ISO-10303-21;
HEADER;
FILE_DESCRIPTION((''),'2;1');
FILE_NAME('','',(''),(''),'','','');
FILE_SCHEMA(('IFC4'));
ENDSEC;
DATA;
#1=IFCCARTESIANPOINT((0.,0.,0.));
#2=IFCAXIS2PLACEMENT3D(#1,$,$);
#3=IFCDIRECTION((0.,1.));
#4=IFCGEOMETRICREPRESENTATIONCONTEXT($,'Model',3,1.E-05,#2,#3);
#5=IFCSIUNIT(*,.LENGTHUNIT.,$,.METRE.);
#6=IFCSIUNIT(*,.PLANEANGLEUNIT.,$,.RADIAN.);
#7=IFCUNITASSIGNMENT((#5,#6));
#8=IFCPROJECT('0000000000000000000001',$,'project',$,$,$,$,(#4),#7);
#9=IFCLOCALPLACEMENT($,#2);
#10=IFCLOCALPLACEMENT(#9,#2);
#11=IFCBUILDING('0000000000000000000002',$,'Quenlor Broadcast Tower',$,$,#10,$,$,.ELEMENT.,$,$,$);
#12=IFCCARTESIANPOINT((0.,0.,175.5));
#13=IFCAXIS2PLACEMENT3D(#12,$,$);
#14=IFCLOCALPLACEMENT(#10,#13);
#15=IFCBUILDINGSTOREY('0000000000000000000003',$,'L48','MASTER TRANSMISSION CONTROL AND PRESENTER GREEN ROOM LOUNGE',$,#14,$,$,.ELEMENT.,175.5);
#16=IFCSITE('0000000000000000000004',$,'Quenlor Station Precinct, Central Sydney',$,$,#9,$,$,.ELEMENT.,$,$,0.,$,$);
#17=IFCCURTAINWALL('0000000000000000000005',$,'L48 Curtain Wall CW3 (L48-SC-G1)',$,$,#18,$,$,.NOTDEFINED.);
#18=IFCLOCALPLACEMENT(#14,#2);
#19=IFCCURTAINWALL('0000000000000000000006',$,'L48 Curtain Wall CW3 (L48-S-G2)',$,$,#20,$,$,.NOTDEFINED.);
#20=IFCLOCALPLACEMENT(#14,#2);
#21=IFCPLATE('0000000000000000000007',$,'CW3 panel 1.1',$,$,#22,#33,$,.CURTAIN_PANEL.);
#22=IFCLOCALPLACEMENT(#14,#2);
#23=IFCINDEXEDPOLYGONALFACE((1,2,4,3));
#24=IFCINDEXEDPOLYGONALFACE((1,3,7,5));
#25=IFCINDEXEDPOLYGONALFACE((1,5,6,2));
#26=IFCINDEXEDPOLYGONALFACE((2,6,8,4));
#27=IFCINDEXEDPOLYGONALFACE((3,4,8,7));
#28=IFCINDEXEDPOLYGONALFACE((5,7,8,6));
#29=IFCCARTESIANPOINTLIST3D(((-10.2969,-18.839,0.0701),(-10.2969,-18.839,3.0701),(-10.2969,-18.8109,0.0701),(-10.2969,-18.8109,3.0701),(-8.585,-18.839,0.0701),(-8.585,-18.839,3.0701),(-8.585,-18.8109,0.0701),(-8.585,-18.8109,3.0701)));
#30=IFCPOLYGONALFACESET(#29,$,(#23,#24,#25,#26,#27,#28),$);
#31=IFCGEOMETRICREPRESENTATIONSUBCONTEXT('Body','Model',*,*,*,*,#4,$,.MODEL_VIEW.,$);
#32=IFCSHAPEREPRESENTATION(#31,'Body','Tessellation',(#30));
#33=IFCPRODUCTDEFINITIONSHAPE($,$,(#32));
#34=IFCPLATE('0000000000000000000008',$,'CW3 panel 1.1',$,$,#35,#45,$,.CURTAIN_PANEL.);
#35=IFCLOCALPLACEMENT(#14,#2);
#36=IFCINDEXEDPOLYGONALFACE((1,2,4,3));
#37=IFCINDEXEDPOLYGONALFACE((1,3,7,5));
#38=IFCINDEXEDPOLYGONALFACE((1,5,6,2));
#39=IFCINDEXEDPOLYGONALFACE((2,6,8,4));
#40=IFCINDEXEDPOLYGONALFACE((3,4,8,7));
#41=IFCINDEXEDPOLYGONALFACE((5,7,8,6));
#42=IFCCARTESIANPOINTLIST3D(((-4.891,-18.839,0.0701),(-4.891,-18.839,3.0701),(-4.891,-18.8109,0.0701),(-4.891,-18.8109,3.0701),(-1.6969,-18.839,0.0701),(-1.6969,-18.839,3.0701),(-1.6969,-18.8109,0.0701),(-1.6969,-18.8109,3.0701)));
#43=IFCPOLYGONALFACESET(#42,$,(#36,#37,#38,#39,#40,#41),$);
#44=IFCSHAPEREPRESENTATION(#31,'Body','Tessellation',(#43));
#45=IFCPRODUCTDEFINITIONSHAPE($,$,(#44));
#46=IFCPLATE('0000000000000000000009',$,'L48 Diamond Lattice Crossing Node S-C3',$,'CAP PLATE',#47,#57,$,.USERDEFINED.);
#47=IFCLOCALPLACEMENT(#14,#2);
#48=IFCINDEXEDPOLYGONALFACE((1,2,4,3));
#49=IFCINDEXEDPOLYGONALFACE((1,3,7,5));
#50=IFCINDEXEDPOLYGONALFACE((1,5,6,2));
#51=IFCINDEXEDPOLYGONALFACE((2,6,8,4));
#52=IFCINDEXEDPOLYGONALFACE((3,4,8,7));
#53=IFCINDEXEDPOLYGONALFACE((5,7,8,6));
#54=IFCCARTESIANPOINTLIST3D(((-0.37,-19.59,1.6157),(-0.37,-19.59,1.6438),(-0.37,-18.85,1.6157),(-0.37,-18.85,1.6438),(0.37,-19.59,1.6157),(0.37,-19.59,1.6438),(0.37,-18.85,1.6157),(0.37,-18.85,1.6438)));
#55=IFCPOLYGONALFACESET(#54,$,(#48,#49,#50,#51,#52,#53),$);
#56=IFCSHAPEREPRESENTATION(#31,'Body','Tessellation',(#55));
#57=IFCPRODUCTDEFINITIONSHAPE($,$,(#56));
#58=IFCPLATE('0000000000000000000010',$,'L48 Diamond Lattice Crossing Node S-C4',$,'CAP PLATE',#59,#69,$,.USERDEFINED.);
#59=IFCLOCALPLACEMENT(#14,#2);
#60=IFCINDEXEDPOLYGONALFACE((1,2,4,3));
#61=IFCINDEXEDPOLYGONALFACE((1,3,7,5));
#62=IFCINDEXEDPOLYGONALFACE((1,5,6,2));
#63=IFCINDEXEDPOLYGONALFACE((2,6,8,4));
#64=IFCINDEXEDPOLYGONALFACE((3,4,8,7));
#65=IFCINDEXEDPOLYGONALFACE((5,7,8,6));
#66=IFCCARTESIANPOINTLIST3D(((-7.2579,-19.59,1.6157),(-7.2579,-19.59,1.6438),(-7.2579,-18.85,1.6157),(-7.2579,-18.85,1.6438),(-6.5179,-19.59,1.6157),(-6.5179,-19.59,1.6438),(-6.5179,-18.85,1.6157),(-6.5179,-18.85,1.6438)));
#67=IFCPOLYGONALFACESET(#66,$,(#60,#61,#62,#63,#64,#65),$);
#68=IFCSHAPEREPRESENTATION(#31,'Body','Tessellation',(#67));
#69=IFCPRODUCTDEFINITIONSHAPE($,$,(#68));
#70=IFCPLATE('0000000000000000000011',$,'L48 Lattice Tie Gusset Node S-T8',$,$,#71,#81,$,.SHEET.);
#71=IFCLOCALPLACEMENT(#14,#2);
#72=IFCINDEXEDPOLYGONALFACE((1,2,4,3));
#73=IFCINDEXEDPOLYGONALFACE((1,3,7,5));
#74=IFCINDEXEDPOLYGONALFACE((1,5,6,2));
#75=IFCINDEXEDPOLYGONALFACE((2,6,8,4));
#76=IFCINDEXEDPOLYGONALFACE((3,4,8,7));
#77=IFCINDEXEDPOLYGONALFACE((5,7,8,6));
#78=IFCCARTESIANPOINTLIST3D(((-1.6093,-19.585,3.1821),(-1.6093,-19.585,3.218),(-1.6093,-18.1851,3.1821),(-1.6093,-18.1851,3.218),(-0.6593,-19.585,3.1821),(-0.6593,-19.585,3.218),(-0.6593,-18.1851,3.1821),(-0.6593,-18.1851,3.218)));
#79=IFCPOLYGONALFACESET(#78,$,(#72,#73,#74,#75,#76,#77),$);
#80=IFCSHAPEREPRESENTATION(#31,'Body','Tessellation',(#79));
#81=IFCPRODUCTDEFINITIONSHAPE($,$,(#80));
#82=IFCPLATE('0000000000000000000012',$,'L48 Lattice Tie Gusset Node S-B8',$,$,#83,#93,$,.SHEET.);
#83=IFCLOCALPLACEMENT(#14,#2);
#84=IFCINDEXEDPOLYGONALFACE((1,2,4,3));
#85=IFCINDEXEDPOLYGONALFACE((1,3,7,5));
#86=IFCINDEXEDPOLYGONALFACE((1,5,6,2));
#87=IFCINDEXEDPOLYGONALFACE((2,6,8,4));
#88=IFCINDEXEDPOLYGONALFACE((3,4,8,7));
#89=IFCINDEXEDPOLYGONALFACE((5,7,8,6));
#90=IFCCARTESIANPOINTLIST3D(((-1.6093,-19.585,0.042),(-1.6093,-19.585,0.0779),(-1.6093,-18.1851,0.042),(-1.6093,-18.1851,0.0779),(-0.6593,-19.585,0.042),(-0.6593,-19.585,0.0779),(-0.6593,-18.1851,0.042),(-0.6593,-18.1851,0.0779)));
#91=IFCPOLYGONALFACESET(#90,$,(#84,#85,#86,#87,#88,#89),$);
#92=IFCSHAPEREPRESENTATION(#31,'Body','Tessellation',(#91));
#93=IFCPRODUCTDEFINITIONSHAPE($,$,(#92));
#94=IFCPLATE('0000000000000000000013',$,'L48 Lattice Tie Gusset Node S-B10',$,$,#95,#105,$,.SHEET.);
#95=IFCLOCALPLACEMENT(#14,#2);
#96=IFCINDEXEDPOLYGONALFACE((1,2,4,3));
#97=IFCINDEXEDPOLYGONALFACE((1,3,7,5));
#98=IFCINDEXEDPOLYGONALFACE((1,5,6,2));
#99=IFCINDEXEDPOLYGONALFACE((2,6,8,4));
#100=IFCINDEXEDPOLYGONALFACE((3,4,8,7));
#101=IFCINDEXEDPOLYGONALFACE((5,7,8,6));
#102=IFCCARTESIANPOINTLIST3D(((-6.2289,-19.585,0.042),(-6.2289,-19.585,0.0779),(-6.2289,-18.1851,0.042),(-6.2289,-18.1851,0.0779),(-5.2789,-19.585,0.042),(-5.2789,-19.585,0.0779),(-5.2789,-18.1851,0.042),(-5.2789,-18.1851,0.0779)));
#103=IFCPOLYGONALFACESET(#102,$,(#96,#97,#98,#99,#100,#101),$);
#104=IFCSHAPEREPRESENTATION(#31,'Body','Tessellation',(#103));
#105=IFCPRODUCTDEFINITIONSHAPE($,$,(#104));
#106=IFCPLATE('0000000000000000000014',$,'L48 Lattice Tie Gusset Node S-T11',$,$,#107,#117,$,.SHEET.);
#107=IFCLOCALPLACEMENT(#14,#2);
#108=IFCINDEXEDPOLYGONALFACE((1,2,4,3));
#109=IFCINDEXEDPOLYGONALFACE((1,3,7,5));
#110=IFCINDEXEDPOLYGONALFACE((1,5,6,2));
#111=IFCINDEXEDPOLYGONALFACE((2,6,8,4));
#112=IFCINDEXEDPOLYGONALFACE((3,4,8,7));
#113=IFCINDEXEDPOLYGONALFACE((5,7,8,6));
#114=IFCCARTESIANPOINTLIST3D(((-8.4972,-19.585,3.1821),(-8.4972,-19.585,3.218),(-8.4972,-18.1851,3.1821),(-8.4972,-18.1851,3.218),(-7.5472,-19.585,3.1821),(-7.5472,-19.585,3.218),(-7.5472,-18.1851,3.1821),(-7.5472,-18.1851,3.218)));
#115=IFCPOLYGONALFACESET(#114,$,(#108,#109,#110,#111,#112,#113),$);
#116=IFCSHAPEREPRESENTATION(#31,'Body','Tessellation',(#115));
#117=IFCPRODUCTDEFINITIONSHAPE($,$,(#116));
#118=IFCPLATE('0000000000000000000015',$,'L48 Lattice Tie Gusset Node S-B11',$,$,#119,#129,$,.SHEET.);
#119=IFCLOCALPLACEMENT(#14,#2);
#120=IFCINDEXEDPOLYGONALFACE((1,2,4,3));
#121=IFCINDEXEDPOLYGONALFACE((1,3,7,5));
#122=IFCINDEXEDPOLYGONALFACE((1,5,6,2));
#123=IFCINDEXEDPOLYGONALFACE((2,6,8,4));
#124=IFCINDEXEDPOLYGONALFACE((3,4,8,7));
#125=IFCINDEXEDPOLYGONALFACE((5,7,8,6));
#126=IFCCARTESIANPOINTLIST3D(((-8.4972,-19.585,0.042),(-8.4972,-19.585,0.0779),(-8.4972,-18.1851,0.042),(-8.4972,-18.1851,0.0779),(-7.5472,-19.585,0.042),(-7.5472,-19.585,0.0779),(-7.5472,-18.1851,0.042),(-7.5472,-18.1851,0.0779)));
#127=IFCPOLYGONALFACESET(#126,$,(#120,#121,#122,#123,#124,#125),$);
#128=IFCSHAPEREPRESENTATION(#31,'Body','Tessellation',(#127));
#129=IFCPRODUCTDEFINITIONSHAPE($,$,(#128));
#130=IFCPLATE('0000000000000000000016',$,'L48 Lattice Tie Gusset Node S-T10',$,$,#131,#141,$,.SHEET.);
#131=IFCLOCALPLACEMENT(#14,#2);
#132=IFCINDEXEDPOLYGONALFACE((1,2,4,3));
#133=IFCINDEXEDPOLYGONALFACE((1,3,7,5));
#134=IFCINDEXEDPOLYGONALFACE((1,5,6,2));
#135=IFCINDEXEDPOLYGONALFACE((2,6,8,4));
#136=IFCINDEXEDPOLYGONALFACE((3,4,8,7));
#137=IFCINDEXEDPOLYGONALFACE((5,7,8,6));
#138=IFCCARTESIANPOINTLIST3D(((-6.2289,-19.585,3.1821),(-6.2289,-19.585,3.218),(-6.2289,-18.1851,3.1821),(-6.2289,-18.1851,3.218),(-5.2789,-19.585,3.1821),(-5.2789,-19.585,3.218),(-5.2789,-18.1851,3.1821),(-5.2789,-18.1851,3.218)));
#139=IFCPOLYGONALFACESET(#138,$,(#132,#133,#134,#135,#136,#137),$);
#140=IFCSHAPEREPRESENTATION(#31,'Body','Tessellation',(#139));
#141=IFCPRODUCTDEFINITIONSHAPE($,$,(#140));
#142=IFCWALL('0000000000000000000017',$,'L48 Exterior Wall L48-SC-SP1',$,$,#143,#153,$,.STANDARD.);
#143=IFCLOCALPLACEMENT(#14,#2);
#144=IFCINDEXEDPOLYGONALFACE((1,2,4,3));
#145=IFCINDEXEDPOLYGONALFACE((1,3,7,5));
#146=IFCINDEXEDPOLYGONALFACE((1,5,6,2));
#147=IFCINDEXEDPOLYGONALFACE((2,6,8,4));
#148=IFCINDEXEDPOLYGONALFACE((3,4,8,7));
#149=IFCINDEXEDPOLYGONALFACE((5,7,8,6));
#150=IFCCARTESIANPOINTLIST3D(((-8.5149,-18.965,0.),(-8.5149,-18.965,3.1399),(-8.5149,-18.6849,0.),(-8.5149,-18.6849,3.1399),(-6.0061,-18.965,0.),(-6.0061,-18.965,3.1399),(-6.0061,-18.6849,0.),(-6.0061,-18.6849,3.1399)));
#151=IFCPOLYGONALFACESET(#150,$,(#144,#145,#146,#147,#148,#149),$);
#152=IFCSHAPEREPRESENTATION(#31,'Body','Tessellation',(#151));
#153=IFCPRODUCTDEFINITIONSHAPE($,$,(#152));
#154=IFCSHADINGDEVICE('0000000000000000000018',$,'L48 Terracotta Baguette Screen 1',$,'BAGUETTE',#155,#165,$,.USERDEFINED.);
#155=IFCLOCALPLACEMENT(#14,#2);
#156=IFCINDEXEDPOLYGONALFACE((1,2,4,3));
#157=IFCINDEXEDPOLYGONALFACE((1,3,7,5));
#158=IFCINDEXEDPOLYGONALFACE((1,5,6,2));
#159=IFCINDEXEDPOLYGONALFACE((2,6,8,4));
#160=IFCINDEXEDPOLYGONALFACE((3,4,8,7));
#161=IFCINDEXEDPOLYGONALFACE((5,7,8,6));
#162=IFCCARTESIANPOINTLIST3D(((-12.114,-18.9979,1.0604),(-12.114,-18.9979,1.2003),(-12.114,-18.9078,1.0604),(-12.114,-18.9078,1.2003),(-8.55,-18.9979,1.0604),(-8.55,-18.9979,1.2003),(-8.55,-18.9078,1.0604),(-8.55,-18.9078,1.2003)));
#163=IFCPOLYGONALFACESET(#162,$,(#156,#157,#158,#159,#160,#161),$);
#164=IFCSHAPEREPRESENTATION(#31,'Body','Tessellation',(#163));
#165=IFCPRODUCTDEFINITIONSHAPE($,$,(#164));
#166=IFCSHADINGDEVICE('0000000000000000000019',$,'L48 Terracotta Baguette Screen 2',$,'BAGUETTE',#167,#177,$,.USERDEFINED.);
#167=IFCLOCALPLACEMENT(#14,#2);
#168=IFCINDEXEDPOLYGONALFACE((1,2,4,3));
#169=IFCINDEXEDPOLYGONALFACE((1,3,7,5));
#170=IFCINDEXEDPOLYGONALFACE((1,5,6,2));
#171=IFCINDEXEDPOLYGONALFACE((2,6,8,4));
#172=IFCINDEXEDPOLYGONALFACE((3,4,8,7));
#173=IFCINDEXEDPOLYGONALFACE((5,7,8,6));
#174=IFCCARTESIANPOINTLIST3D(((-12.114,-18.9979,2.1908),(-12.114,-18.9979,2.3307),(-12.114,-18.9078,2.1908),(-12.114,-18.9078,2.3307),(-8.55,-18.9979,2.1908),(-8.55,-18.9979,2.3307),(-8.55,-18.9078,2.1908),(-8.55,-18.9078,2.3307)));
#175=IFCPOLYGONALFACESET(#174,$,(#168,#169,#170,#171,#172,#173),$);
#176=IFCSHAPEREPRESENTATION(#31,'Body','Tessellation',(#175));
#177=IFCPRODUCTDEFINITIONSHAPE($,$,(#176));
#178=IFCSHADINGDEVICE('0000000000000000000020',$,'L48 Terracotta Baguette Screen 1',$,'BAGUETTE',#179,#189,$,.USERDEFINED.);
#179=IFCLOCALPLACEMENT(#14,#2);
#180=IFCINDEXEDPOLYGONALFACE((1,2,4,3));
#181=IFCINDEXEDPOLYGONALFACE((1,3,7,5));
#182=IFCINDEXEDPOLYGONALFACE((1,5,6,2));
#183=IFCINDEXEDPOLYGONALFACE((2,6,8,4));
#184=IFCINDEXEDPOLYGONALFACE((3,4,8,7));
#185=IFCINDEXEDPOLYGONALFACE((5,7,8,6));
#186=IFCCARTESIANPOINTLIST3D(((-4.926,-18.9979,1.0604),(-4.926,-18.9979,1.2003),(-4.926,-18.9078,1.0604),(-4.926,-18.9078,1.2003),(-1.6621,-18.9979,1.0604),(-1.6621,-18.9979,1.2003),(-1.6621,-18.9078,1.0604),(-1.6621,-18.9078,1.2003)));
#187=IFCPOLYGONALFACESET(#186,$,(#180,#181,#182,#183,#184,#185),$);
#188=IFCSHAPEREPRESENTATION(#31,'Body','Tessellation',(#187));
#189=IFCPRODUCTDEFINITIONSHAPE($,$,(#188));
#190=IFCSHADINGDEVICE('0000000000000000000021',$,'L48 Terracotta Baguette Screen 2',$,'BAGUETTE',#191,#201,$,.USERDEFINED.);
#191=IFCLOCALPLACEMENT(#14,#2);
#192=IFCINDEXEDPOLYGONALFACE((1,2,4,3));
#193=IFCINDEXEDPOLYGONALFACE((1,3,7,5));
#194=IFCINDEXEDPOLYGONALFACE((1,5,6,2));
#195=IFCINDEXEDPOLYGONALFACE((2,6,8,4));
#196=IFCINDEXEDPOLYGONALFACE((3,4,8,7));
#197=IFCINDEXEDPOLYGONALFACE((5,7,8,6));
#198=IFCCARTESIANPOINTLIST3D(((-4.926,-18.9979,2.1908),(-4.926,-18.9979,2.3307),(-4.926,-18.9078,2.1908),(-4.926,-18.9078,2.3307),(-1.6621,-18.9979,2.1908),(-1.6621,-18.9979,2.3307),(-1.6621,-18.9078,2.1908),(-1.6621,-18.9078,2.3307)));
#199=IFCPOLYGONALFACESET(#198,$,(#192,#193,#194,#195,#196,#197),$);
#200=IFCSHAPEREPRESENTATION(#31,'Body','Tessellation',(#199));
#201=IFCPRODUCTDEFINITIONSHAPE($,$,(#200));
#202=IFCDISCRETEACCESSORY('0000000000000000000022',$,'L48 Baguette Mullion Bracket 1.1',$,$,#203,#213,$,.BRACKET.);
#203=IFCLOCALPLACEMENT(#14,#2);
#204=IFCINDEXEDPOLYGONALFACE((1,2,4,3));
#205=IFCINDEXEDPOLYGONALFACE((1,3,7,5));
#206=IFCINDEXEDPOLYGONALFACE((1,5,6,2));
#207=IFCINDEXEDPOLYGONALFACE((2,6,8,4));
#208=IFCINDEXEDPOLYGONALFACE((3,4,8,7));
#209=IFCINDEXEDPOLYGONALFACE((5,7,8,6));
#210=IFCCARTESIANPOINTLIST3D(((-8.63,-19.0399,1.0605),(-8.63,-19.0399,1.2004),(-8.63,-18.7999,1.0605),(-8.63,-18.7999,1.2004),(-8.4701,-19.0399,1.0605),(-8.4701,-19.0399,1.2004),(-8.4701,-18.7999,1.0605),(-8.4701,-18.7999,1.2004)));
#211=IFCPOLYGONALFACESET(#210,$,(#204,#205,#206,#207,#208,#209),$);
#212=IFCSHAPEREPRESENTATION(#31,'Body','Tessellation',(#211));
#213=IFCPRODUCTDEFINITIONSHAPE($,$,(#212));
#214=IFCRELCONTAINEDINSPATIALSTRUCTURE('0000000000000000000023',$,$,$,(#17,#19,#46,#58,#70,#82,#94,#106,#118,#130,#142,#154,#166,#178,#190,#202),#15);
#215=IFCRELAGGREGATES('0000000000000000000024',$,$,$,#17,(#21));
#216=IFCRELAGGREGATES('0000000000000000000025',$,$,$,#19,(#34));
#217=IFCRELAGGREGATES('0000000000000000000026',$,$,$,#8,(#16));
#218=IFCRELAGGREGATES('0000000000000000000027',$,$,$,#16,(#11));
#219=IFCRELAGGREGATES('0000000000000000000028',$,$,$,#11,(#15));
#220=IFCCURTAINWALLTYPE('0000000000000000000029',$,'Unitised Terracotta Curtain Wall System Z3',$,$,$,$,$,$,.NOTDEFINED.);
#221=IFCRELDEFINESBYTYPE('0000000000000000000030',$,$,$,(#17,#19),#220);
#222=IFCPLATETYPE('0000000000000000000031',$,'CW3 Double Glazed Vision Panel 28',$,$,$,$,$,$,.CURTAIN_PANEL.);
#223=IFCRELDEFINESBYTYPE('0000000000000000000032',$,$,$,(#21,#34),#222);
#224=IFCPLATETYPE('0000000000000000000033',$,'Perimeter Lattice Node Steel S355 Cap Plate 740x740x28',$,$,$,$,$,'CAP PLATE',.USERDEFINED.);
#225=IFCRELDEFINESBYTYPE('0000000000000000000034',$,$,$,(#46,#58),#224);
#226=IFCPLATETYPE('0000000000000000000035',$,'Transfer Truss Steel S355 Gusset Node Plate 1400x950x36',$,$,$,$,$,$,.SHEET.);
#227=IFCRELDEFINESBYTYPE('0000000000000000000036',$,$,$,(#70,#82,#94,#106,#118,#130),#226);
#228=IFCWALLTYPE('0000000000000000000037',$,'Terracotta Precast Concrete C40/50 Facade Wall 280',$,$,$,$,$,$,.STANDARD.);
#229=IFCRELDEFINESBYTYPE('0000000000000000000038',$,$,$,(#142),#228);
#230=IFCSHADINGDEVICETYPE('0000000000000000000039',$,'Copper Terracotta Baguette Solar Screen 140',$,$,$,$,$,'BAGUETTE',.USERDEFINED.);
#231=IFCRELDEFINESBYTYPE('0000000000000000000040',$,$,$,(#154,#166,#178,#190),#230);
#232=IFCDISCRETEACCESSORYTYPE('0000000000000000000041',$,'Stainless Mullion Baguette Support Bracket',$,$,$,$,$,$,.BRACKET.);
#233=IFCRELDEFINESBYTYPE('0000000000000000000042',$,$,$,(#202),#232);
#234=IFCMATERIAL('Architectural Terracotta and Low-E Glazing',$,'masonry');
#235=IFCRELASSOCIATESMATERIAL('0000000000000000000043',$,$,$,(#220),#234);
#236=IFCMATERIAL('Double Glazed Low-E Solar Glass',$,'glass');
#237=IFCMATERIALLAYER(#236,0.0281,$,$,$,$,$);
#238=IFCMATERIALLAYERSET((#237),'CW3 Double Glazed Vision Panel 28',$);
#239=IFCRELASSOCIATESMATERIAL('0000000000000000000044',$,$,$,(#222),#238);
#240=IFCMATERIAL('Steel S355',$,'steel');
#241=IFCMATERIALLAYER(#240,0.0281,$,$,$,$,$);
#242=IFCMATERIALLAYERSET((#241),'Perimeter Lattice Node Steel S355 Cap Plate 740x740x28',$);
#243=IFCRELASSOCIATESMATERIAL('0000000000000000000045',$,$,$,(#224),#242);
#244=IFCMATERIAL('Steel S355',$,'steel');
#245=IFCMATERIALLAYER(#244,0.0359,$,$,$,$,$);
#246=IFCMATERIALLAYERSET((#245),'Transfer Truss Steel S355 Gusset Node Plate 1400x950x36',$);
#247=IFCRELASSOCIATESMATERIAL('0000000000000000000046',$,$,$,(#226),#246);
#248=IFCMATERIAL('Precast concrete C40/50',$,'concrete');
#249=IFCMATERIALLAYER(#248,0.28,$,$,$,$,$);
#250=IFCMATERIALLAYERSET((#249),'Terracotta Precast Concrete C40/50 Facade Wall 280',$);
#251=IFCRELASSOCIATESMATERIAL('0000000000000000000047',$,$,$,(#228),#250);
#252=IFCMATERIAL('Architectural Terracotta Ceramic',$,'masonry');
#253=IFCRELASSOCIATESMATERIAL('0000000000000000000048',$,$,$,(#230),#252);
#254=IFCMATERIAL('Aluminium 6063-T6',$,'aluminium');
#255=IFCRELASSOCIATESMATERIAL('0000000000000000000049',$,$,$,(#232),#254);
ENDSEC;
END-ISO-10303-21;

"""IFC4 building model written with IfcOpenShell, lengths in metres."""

from ifc_helpers import new_model, si_unit, direction, frame, frame_2d, origin, origin_2d, place, context, subcontext, project, spatial, rectangle, extrude, material, layer, layer_set, material_profile, profile_set, type_object, element, aggregate, save


model = new_model("IFC4")

# Units and contexts
model_context = context("Model", 3, precision=1e-05, world=origin(), true_north=direction((0.0, 1.0)))
body_context = subcontext(model_context, "Body", "Model", "MODEL_VIEW")
ifc_project = project(units=[si_unit("LENGTHUNIT", "METRE"), si_unit("PLANEANGLEUNIT", "RADIAN")], contexts=[model_context])

# Site, building, storey
site_placement = place(None, origin())
site = spatial("IfcSite", under=ifc_project, at=site_placement, Name="Quenlor Station Precinct, Central Sydney", CompositionType="ELEMENT", RefElevation=0.0)
building_placement = place(site_placement, origin())
building = spatial("IfcBuilding", under=site, at=building_placement, Name="Quenlor Broadcast Tower", CompositionType="ELEMENT")
storey_placement = place(building_placement, frame((0.0, 0.0, 175.5)))
storey = spatial("IfcBuildingStorey", under=building, at=storey_placement, Name="L48", Description="MASTER TRANSMISSION CONTROL AND PRESENTER GREEN ROOM LOUNGE", CompositionType="ELEMENT", Elevation=175.5)

# Curtain wall
ifc_material_1 = material(Name="Architectural Terracotta and Low-E Glazing", Category="masonry")
curtain_wall_type = type_object("IfcCurtainWallType", Name="Unitised Terracotta Curtain Wall System Z3", PredefinedType="NOTDEFINED", material=ifc_material_1)
curtain_wall_1_placement = place(storey_placement, origin())
curtain_wall_1 = element("IfcCurtainWall", 1, at=curtain_wall_1_placement, inside=storey, type_object=curtain_wall_type, Name="L48 Curtain Wall CW3 (L48-SC-G1)", PredefinedType="NOTDEFINED")

# Curtain wall
curtain_wall_2_placement = place(storey_placement, origin())
curtain_wall_2 = element("IfcCurtainWall", 2, at=curtain_wall_2_placement, inside=storey, type_object=curtain_wall_type, Name="L48 Curtain Wall CW3 (L48-S-G2)", PredefinedType="NOTDEFINED")

# Plates
ifc_material_2 = material(Name="Double Glazed Low-E Solar Glass", Category="glass")
ifc_layer_1 = layer(ifc_material_2, 0.0281)
ifc_layer_set_1 = layer_set([ifc_layer_1], Name="CW3 Double Glazed Vision Panel 28")
plate_type_1 = type_object("IfcPlateType", Name="CW3 Double Glazed Vision Panel 28", PredefinedType="CURTAIN_PANEL", material=ifc_layer_set_1)
plate_1_placement = place(storey_placement, frame((-9.4409, -18.825, 0.0701), z_axis=(0.0, 0.0, 1.0), x_axis=(-1.0, 0.0, 0.0)))
plate_1 = element("IfcPlate", 3, at=plate_1_placement, type_object=plate_type_1, Name="CW3 panel 1.1", PredefinedType="CURTAIN_PANEL", context=body_context, shape_type="SweptSolid", body=[
    extrude(rectangle(XDim=1.7119, YDim=0.0281, at=origin_2d()), origin(), (0.0, 0.0, 1.0), 3.0),
])
aggregate(curtain_wall_1, [plate_1])
plate_2_placement = place(storey_placement, frame((-3.2939, -18.825, 0.0701), z_axis=(0.0, 0.0, 1.0), x_axis=(-1.0, 0.0, 0.0)))
plate_2 = element("IfcPlate", 4, at=plate_2_placement, type_object=plate_type_1, Name="CW3 panel 1.1", PredefinedType="CURTAIN_PANEL", context=body_context, shape_type="SweptSolid", body=[
    extrude(rectangle(XDim=3.1941, YDim=0.0281, at=origin_2d()), origin(), (0.0, 0.0, 1.0), 3.0),
])
aggregate(curtain_wall_2, [plate_2])

# Plates
ifc_material_3 = material(Name="Steel S355", Category="steel")
ifc_layer_2 = layer(ifc_material_3, 0.0281)
ifc_layer_set_2 = layer_set([ifc_layer_2], Name="Perimeter Lattice Node Steel S355 Cap Plate 740x740x28")
plate_type_2 = type_object("IfcPlateType", Name="Perimeter Lattice Node Steel S355 Cap Plate 740x740x28", ElementType="CAP PLATE", PredefinedType="USERDEFINED", material=ifc_layer_set_2)
for number, where, z_axis, x_axis, name in (
    (5, (0.0, -19.22, 1.6157), (0.0, 0.0, 1.0), (-1.0, 0.0, 0.0), "L48 Diamond Lattice Crossing Node S-C3"),
    (6, (-6.8879, -19.22, 1.6157), (0.0, 0.0, 1.0), (-1.0, 0.0, 0.0), "L48 Diamond Lattice Crossing Node S-C4"),
):
    element("IfcPlate", number, at=place(storey_placement, frame(where, z_axis=z_axis, x_axis=x_axis)), inside=storey, type_object=plate_type_2, Name=name, ObjectType="CAP PLATE", PredefinedType="USERDEFINED", context=body_context, shape_type="SweptSolid", body=[
        extrude(rectangle(XDim=0.74, YDim=0.74, at=origin_2d()), origin(), (0.0, 0.0, 1.0), 0.0281),
    ])
ifc_material_4 = material(Name="Steel S355", Category="steel")
ifc_layer_3 = layer(ifc_material_4, 0.0359)
ifc_layer_set_3 = layer_set([ifc_layer_3], Name="Transfer Truss Steel S355 Gusset Node Plate 1400x950x36")
plate_type_3 = type_object("IfcPlateType", Name="Transfer Truss Steel S355 Gusset Node Plate 1400x950x36", PredefinedType="SHEET", material=ifc_layer_set_3)
for number, where, z_axis, x_axis, name in (
    (7, (-1.1343, -18.885, 3.1821), (0.0, 0.0, 1.0), (0.0, -1.0, 0.0), "L48 Lattice Tie Gusset Node S-T8"),
    (8, (-1.1343, -18.885, 0.042), (0.0, 0.0, 1.0), (0.0, -1.0, 0.0), "L48 Lattice Tie Gusset Node S-B8"),
    (9, (-5.7539, -18.885, 0.042), (0.0, 0.0, 1.0), (0.0, -1.0, 0.0), "L48 Lattice Tie Gusset Node S-B10"),
    (10, (-8.0222, -18.885, 3.1821), (0.0, 0.0, 1.0), (0.0, -1.0, 0.0), "L48 Lattice Tie Gusset Node S-T11"),
    (11, (-8.0222, -18.885, 0.042), (0.0, 0.0, 1.0), (0.0, -1.0, 0.0), "L48 Lattice Tie Gusset Node S-B11"),
    (12, (-5.7539, -18.885, 3.1821), (0.0, 0.0, 1.0), (0.0, -1.0, 0.0), "L48 Lattice Tie Gusset Node S-T10"),
):
    element("IfcPlate", number, at=place(storey_placement, frame(where, z_axis=z_axis, x_axis=x_axis)), inside=storey, type_object=plate_type_3, Name=name, PredefinedType="SHEET", context=body_context, shape_type="SweptSolid", body=[
        extrude(rectangle(XDim=1.3999, YDim=0.95, at=origin_2d()), origin(), (0.0, 0.0, 1.0), 0.0359),
    ])

# Wall
ifc_material_5 = material(Name="Precast concrete C40/50", Category="concrete")
ifc_layer_4 = layer(ifc_material_5, 0.28)
ifc_layer_set_4 = layer_set([ifc_layer_4], Name="Terracotta Precast Concrete C40/50 Facade Wall 280")
wall_type = type_object("IfcWallType", Name="Terracotta Precast Concrete C40/50 Facade Wall 280", PredefinedType="STANDARD", material=ifc_layer_set_4)
wall_placement = place(storey_placement, frame((-6.0061, -18.825, 0.0), z_axis=(0.0, 0.0, 1.0), x_axis=(-1.0, 0.0, 0.0)))
element("IfcWall", 13, at=wall_placement, inside=storey, type_object=wall_type, Name="L48 Exterior Wall L48-SC-SP1", PredefinedType="STANDARD", context=body_context, shape_type="SweptSolid", body=[
    extrude(rectangle(XDim=2.5088, YDim=0.28, at=frame_2d((1.2544, 0.0))), origin(), (0.0, 0.0, 1.0), 3.1399),
])

# Shading devices
ifc_material_6 = material(Name="Architectural Terracotta Ceramic", Category="masonry")
ifc_material_profile_1 = material_profile(ifc_material_6, rectangle(XDim=0.0901, YDim=0.1399, at=origin_2d()))
ifc_profile_set_1 = profile_set([ifc_material_profile_1], Name="Architectural Terracotta Ceramic BAG90x140")
shading_device_type = type_object("IfcShadingDeviceType", Name="Copper Terracotta Baguette Solar Screen 140", ElementType="BAGUETTE", PredefinedType="USERDEFINED", material=ifc_profile_set_1)
for number, where, z_axis, x_axis, name in (
    (14, (-8.55, -18.9529, 1.1304), (-1.0, 0.0, 0.0), (0.0, -1.0, 0.0), "L48 Terracotta Baguette Screen 1"),
    (15, (-8.55, -18.9529, 2.2607), (-1.0, 0.0, 0.0), (0.0, -1.0, 0.0), "L48 Terracotta Baguette Screen 2"),
):
    element("IfcShadingDevice", number, at=place(storey_placement, frame(where, z_axis=z_axis, x_axis=x_axis)), inside=storey, type_object=shading_device_type, Name=name, ObjectType="BAGUETTE", PredefinedType="USERDEFINED", context=body_context, shape_type="SweptSolid", body=[
        extrude(rectangle(XDim=0.0901, YDim=0.1399, at=origin_2d()), origin(), (0.0, 0.0, 1.0), 3.564),
    ])
for number, where, z_axis, x_axis, name in (
    (16, (-1.6621, -18.9529, 1.1304), (-1.0, 0.0, 0.0), (0.0, -1.0, 0.0), "L48 Terracotta Baguette Screen 1"),
    (17, (-1.6621, -18.9529, 2.2607), (-1.0, 0.0, 0.0), (0.0, -1.0, 0.0), "L48 Terracotta Baguette Screen 2"),
):
    element("IfcShadingDevice", number, at=place(storey_placement, frame(where, z_axis=z_axis, x_axis=x_axis)), inside=storey, type_object=shading_device_type, Name=name, ObjectType="BAGUETTE", PredefinedType="USERDEFINED", context=body_context, shape_type="SweptSolid", body=[
        extrude(rectangle(XDim=0.0901, YDim=0.1399, at=origin_2d()), origin(), (0.0, 0.0, 1.0), 3.2639),
    ])

# Discrete accessory
ifc_material_7 = material(Name="Aluminium 6063-T6", Category="aluminium")
discrete_accessory_type = type_object("IfcDiscreteAccessoryType", Name="Stainless Mullion Baguette Support Bracket", PredefinedType="BRACKET", material=ifc_material_7)
for number, where, z_axis, x_axis, name in (
    (18, (-8.55, -18.9199, 1.0605), (0.0, 0.0, 1.0), (-1.0, 0.0, 0.0), "L48 Baguette Mullion Bracket 1.1"),
):
    element("IfcDiscreteAccessory", number, at=place(storey_placement, frame(where, z_axis=z_axis, x_axis=x_axis)), inside=storey, type_object=discrete_accessory_type, Name=name, PredefinedType="BRACKET", context=body_context, shape_type="SweptSolid", body=[
        extrude(rectangle(XDim=0.1599, YDim=0.24, at=origin_2d()), origin(), (0.0, 0.0, 1.0), 0.1399),
    ])

save(model, "model.ifc")
